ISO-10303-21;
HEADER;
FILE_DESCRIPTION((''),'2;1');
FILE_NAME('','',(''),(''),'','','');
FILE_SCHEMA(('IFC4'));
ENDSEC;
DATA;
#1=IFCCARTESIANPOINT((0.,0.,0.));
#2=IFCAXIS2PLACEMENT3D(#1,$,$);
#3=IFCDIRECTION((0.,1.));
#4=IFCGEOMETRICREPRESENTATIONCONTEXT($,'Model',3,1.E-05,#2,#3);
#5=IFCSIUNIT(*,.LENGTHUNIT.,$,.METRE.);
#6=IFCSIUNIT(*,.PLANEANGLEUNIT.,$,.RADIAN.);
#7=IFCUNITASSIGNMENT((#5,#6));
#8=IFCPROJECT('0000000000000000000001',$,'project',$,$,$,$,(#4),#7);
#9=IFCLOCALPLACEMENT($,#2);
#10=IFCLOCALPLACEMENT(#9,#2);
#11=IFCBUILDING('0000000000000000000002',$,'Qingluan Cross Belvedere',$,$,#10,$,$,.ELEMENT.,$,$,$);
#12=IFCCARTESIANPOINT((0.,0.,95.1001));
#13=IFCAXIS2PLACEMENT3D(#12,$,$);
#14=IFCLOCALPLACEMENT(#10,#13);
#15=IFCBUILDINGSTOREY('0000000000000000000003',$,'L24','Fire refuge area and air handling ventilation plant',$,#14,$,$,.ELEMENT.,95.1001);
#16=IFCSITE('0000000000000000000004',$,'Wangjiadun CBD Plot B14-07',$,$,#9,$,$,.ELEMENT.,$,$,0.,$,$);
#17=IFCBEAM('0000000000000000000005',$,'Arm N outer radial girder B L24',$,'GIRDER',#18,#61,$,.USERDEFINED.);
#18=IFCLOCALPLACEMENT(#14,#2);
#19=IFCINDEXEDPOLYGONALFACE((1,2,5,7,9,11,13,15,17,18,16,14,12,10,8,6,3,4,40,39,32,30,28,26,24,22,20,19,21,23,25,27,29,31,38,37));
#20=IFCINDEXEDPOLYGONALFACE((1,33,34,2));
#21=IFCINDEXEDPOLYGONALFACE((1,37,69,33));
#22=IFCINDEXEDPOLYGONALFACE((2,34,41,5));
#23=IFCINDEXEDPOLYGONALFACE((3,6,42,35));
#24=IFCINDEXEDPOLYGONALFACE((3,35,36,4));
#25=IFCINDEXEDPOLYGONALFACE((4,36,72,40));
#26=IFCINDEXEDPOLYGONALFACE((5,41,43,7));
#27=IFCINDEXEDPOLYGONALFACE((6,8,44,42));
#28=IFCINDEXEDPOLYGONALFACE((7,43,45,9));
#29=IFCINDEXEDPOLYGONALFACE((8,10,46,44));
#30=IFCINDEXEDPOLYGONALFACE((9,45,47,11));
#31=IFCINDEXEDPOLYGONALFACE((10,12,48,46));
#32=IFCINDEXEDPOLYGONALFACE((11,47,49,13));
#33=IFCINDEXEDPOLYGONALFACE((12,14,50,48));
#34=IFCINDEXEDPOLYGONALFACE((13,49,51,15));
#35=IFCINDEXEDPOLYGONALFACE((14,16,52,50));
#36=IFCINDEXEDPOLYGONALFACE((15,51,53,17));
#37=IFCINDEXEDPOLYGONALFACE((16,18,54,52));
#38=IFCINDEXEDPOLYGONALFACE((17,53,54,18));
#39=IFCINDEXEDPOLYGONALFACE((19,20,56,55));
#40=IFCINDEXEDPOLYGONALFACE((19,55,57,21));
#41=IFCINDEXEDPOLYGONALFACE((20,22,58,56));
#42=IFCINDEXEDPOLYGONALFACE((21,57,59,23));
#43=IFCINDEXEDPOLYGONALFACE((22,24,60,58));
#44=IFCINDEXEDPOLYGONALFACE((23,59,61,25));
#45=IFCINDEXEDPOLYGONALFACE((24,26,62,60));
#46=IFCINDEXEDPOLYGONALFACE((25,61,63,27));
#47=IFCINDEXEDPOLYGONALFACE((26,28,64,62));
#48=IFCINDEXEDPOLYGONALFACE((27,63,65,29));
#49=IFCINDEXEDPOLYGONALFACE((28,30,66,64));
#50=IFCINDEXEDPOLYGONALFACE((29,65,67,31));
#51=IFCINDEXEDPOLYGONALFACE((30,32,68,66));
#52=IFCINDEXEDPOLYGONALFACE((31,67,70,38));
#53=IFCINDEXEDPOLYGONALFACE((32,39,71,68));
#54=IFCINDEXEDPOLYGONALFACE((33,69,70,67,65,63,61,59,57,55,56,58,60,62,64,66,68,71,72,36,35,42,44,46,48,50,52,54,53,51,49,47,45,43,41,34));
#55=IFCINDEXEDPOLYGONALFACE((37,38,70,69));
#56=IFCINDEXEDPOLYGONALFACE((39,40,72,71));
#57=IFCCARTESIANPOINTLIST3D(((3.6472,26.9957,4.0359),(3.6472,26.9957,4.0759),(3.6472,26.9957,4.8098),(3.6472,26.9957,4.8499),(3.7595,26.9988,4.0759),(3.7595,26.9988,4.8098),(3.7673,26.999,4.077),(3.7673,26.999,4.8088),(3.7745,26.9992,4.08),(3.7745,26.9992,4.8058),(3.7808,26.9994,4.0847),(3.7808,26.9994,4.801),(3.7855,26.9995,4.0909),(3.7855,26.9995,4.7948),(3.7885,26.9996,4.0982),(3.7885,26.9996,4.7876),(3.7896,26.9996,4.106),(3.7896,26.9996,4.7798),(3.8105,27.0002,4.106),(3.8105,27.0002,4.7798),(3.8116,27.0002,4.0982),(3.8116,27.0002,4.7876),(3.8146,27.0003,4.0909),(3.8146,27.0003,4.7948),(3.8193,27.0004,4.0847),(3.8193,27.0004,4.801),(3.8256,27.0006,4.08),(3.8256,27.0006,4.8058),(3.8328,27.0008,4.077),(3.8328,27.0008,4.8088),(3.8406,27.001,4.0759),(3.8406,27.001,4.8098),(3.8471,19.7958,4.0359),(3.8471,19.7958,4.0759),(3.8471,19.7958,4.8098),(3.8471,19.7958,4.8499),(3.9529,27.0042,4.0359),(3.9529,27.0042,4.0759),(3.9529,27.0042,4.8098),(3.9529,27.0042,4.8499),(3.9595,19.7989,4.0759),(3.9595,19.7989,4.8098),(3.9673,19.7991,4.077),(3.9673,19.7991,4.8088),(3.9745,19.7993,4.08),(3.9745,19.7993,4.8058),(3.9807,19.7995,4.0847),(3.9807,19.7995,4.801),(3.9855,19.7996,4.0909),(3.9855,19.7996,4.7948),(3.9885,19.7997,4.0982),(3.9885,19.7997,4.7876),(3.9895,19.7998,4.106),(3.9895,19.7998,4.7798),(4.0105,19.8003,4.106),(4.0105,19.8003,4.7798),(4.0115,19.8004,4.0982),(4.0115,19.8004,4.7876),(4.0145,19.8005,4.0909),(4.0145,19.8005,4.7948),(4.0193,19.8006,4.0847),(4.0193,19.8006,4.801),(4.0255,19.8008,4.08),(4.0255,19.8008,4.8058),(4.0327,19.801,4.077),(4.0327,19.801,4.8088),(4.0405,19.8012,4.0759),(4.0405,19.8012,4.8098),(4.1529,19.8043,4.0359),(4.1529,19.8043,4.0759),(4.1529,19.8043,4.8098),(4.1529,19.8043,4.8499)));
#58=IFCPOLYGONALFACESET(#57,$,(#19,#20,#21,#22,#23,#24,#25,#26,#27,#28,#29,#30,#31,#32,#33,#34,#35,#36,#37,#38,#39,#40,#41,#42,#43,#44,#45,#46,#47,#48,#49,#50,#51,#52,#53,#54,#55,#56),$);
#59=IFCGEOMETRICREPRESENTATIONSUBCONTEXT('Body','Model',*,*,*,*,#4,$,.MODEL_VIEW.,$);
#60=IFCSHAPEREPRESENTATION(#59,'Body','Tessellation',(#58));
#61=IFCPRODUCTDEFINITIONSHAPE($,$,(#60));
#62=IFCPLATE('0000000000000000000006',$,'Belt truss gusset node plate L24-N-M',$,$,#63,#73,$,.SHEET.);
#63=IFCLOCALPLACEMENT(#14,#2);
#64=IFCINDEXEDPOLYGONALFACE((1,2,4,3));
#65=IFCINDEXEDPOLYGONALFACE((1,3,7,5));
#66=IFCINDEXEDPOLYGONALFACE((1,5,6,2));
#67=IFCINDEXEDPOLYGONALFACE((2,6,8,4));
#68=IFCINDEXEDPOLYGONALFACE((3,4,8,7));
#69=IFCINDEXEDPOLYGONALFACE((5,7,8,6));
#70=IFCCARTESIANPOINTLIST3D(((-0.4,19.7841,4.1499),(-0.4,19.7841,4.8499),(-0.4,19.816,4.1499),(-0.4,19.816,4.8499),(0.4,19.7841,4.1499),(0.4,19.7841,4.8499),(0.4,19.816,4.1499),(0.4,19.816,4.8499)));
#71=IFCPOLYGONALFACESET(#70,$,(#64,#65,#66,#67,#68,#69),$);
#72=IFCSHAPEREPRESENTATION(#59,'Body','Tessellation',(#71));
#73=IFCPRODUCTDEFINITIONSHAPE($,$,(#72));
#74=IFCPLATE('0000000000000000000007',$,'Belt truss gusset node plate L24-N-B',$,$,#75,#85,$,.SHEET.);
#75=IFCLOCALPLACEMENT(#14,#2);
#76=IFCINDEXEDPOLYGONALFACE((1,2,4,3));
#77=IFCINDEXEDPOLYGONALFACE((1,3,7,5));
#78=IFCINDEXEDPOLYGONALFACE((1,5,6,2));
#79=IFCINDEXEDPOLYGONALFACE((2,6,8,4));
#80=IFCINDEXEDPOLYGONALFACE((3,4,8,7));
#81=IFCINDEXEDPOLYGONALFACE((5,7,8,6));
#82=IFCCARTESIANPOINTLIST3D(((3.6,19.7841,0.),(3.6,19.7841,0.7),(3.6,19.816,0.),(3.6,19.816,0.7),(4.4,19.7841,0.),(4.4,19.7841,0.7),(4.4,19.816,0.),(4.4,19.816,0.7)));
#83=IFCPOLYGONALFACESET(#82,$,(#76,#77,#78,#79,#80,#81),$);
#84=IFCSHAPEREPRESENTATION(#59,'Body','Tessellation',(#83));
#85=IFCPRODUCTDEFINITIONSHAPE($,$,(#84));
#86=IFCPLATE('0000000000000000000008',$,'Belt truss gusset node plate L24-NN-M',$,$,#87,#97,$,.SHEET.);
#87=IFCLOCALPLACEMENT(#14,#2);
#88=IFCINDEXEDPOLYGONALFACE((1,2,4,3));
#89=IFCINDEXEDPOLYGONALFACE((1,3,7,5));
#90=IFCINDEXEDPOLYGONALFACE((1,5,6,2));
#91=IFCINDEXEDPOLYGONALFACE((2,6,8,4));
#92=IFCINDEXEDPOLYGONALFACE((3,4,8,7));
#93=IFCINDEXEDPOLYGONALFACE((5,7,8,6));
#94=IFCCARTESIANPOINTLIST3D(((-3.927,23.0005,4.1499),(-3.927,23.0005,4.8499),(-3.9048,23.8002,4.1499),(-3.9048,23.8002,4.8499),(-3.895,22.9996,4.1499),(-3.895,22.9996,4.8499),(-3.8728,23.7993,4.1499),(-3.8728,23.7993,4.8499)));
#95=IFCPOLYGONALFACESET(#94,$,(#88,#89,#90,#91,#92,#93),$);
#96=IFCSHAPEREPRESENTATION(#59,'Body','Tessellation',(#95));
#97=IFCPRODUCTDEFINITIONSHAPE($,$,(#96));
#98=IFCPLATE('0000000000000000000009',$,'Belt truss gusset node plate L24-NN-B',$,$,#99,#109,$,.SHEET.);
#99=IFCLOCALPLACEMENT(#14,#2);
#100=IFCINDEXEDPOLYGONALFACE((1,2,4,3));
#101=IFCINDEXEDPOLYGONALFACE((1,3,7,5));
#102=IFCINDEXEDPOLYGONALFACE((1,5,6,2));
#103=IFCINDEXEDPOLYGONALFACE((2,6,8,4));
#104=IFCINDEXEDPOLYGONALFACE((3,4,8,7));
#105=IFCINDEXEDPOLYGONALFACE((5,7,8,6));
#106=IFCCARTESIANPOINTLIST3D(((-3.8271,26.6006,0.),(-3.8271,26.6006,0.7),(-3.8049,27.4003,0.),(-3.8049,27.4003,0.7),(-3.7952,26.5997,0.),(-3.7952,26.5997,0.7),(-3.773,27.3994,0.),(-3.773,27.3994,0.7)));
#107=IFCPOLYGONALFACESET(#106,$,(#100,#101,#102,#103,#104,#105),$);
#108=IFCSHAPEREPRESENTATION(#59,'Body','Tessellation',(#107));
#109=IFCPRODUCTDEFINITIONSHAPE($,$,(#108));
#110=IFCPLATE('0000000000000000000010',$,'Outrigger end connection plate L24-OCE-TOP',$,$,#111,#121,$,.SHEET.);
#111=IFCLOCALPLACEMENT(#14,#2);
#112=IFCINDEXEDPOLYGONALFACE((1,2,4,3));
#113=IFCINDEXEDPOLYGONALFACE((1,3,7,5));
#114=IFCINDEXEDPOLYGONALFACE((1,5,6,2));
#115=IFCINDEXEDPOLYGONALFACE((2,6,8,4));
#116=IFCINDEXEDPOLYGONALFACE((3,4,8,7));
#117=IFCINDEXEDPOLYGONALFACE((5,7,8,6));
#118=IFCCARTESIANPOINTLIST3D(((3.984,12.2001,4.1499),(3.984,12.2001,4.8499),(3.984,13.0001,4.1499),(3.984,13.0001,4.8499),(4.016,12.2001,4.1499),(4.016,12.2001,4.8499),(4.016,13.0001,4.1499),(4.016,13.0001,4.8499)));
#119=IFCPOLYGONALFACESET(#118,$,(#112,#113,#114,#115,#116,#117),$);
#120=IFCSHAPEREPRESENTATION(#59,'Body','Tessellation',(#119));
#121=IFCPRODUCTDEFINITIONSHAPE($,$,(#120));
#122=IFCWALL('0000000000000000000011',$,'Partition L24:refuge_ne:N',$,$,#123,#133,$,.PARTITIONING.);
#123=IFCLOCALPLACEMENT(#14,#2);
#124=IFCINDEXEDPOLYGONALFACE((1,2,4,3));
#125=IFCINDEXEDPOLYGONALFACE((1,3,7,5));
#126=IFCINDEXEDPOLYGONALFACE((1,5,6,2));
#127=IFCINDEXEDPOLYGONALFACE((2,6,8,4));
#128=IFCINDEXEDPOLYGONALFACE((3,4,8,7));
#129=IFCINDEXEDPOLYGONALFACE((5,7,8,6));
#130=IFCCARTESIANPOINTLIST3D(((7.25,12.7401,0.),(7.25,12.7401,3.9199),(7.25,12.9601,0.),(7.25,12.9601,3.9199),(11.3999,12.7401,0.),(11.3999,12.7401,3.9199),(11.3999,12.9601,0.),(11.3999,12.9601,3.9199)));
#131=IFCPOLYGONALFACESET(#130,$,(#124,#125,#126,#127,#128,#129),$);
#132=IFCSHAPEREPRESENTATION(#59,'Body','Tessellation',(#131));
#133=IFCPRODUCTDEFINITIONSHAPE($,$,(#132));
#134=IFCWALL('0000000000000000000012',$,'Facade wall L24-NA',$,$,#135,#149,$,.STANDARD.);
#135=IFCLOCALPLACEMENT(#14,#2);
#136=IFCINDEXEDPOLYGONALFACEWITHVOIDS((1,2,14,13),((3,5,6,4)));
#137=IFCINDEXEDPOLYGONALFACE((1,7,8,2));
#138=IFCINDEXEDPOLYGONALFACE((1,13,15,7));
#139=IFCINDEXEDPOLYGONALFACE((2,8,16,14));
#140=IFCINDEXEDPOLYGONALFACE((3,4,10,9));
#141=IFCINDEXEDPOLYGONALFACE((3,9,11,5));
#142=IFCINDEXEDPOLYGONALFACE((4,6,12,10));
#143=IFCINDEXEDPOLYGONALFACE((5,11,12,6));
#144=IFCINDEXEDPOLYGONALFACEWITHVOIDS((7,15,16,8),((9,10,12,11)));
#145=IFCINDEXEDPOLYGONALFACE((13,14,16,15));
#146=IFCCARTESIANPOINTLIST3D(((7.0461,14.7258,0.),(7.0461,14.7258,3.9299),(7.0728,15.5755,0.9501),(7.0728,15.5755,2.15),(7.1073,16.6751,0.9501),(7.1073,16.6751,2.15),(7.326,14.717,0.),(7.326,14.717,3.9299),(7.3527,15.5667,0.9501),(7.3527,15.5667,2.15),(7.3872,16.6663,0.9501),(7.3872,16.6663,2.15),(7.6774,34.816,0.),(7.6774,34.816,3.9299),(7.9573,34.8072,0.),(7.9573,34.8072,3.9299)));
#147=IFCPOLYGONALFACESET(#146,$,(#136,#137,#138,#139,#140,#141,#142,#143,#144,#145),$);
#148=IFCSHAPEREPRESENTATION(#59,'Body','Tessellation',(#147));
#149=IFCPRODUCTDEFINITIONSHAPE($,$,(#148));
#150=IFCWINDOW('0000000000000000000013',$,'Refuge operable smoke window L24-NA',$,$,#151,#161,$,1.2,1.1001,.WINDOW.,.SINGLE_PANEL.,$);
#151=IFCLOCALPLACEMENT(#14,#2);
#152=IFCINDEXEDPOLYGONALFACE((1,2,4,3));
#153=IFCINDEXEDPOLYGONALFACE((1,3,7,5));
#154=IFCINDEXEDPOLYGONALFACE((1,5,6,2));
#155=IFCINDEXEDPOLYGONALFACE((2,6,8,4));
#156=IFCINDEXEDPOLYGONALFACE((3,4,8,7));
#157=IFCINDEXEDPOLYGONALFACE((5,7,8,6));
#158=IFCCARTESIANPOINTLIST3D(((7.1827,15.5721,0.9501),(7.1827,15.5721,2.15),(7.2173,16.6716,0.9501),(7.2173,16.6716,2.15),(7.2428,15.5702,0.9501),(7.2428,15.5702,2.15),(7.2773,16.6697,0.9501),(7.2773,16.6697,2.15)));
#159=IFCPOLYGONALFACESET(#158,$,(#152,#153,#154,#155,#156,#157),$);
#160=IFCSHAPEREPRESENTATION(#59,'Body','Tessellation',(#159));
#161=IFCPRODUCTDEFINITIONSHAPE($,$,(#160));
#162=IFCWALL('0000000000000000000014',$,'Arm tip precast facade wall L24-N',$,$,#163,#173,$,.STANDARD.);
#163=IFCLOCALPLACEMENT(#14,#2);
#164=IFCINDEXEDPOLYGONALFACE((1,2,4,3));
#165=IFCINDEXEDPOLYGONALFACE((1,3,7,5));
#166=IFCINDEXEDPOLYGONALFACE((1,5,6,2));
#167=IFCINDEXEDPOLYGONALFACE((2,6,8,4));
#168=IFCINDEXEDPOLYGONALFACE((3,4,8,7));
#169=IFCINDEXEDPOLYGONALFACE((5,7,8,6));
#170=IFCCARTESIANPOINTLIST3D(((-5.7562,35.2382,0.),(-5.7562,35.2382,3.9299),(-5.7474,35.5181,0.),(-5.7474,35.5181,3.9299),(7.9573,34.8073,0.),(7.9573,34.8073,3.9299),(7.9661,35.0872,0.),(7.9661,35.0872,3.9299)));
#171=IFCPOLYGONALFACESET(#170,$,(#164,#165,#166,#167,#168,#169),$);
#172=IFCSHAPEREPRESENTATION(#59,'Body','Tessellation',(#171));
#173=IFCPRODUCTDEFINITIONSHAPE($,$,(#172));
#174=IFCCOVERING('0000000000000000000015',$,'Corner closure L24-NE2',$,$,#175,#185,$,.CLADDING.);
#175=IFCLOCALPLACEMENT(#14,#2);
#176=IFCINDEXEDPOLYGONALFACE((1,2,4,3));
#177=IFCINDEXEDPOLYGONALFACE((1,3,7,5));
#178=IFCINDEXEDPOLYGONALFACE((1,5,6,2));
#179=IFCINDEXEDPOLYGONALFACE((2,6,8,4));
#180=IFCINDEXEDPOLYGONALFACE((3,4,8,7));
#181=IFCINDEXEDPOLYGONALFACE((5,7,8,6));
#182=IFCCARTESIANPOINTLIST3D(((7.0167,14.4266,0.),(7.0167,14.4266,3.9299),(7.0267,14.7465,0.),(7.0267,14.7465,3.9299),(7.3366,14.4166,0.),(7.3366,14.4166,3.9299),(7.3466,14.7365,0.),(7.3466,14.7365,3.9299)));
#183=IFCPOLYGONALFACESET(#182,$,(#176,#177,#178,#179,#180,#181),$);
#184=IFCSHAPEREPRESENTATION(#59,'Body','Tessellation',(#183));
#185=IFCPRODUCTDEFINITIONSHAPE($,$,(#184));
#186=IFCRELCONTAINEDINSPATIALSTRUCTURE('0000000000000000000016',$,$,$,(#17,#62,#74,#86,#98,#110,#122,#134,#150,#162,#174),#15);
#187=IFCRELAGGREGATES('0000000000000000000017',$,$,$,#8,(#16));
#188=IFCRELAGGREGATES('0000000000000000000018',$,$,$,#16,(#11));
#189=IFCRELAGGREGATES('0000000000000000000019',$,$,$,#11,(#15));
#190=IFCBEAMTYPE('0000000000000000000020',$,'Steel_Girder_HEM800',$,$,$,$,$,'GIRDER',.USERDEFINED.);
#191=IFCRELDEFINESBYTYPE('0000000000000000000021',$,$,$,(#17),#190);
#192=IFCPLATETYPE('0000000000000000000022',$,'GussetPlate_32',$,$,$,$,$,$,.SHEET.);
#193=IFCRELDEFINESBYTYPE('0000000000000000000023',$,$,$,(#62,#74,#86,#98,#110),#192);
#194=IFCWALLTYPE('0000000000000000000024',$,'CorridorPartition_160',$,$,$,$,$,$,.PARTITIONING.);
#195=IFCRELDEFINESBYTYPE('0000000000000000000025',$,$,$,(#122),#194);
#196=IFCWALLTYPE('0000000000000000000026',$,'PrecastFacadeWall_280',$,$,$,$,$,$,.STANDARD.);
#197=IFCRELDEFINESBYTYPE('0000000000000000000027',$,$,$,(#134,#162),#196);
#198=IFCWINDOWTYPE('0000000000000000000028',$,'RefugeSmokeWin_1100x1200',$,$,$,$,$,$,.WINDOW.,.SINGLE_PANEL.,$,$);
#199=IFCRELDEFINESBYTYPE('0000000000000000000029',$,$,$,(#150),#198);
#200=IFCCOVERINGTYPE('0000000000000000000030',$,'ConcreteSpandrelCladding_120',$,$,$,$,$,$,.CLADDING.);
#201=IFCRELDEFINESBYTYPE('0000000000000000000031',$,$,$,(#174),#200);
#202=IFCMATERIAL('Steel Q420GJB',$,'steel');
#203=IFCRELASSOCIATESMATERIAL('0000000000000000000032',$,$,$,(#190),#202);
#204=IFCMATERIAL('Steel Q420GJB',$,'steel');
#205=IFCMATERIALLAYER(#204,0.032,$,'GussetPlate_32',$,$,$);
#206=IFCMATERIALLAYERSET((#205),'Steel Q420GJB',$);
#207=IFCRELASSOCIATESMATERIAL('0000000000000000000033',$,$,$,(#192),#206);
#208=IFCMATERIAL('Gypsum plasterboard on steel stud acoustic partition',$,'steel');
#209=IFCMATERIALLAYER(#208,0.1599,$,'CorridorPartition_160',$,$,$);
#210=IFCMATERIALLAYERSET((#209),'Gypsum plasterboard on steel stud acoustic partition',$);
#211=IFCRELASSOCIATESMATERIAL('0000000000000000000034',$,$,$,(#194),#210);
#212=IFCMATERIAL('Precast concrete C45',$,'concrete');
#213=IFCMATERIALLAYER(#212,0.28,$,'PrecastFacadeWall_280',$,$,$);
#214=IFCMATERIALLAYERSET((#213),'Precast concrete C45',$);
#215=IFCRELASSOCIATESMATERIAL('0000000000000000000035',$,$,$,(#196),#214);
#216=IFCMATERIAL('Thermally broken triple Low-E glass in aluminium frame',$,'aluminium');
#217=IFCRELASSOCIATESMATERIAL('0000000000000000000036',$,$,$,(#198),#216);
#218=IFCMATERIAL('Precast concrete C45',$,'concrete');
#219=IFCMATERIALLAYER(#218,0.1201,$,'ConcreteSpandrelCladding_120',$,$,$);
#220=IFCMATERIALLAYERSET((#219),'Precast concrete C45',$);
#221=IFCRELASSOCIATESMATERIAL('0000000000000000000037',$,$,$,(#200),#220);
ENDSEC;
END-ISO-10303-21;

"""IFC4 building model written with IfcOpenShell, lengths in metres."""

from ifc_helpers import new_model, si_unit, direction, frame, frame_2d, origin, origin_2d, place, context, subcontext, project, spatial, rectangle, i_section, extrude, material, layer, layer_set, material_profile, profile_set, type_object, element, fill, save


model = new_model("IFC4")

# Units and contexts
model_context = context("Model", 3, precision=1e-05, world=origin(), true_north=direction((0.0, 1.0)))
body_context = subcontext(model_context, "Body", "Model", "MODEL_VIEW")
ifc_project = project(units=[si_unit("LENGTHUNIT", "METRE"), si_unit("PLANEANGLEUNIT", "RADIAN")], contexts=[model_context])

# Site, building, storey
site_placement = place(None, origin())
site = spatial("IfcSite", under=ifc_project, at=site_placement, Name="Wangjiadun CBD Plot B14-07", CompositionType="ELEMENT", RefElevation=0.0)
building_placement = place(site_placement, origin())
building = spatial("IfcBuilding", under=site, at=building_placement, Name="Qingluan Cross Belvedere", CompositionType="ELEMENT")
storey_placement = place(building_placement, frame((0.0, 0.0, 95.1001)))
storey = spatial("IfcBuildingStorey", under=building, at=storey_placement, Name="L24", Description="Fire refuge area and air handling ventilation plant", CompositionType="ELEMENT", Elevation=95.1001)

# Beam
ifc_material_1 = material(Name="Steel Q420GJB", Category="steel")
ifc_material_profile_1 = material_profile(ifc_material_1, i_section(OverallWidth=0.3059, OverallDepth=0.814, WebThickness=0.021, FlangeThickness=0.04, FilletRadius=0.03, at=origin_2d()), Name="HEM800")
ifc_profile_set_1 = profile_set([ifc_material_profile_1], Name="Steel Q420GJB")
beam_type_1 = type_object("IfcBeamType", Name="Steel_Girder_HEM800", ElementType="GIRDER", PredefinedType="USERDEFINED", material=ifc_profile_set_1)
beam_1_placement = place(storey_placement, frame((4.0, 19.8, 4.4429), z_axis=(-0.02776, 0.999615, 0.0), x_axis=(-0.999615, -0.02776, 0.0)))
element("IfcBeam", 1, at=beam_1_placement, inside=storey, type_object=beam_type_1, Name="Arm N outer radial girder B L24", ObjectType="GIRDER", PredefinedType="USERDEFINED", context=body_context, shape_type="SweptSolid", body=[
    extrude(i_section(OverallWidth=0.3059, OverallDepth=0.814, WebThickness=0.021, FlangeThickness=0.04, FilletRadius=0.03, at=origin_2d()), origin(), (0.0, 0.0, 1.0), 7.2026),
])

# Plates
ifc_material_2 = material(Name="Steel Q420GJB", Category="steel")
ifc_layer_1 = layer(ifc_material_2, 0.032, Name="GussetPlate_32")
ifc_layer_set_1 = layer_set([ifc_layer_1], Name="Steel Q420GJB")
plate_type = type_object("IfcPlateType", Name="GussetPlate_32", PredefinedType="SHEET", material=ifc_layer_set_1)
for number, where, z_axis, x_axis, name in (
    (2, (0.0, 19.8, 4.1499), (0.0, 0.0, 1.0), (1.0, 0.0, 0.0), "Belt truss gusset node plate L24-N-M"),
    (3, (4.0, 19.8, 0.0), (0.0, 0.0, 1.0), (1.0, 0.0, 0.0), "Belt truss gusset node plate L24-N-B"),
    (4, (-3.8999, 23.3999, 4.1499), (0.0, 0.0, 1.0), (0.027767, 0.999614, 0.0), "Belt truss gusset node plate L24-NN-M"),
    (5, (-3.8, 27.0, 0.0), (0.0, 0.0, 1.0), (0.027767, 0.999614, 0.0), "Belt truss gusset node plate L24-NN-B"),
    (6, (4.0, 12.6001, 4.1499), (0.0, 0.0, 1.0), (0.0, 1.0, 0.0), "Outrigger end connection plate L24-OCE-TOP"),
):
    element("IfcPlate", number, at=place(storey_placement, frame(where, z_axis=z_axis, x_axis=x_axis)), inside=storey, type_object=plate_type, Name=name, PredefinedType="SHEET", context=body_context, shape_type="SweptSolid", body=[
        extrude(rectangle(XDim=0.8, YDim=0.032, at=origin_2d()), origin(), (0.0, 0.0, 1.0), 0.7),
    ])

# Wall
ifc_material_3 = material(Name="Gypsum plasterboard on steel stud acoustic partition", Category="steel")
ifc_layer_2 = layer(ifc_material_3, 0.1599, Name="CorridorPartition_160")
ifc_layer_set_2 = layer_set([ifc_layer_2], Name="Gypsum plasterboard on steel stud acoustic partition")
wall_type_1 = type_object("IfcWallType", Name="CorridorPartition_160", PredefinedType="PARTITIONING", material=ifc_layer_set_2)
wall_1_placement = place(storey_placement, frame((7.25, 12.8501, 0.0), z_axis=(0.0, 0.0, 1.0), x_axis=(1.0, 0.0, 0.0)))
element("IfcWall", 7, at=wall_1_placement, inside=storey, type_object=wall_type_1, Name="Partition L24:refuge_ne:N", PredefinedType="PARTITIONING", context=body_context, shape_type="SweptSolid", body=[
    extrude(rectangle(XDim=4.1499, YDim=0.22, at=frame_2d((2.075, 0.0))), origin(), (0.0, 0.0, 1.0), 3.9199),
])

# Wall, opening, window
ifc_material_4 = material(Name="Precast concrete C45", Category="concrete")
ifc_layer_3 = layer(ifc_material_4, 0.28, Name="PrecastFacadeWall_280")
ifc_layer_set_3 = layer_set([ifc_layer_3], Name="Precast concrete C45")
wall_type_2 = type_object("IfcWallType", Name="PrecastFacadeWall_280", PredefinedType="STANDARD", material=ifc_layer_set_3)
wall_2_placement = place(storey_placement, frame((7.186, 14.7214, 0.0), z_axis=(0.0, 0.0, 1.0), x_axis=(0.03141, 0.999507, 0.0)))
wall_2 = element("IfcWall", 8, at=wall_2_placement, inside=storey, type_object=wall_type_2, Name="Facade wall L24-NA", PredefinedType="STANDARD", context=body_context, shape_type="SweptSolid", body=[
    extrude(rectangle(XDim=20.1001, YDim=0.28, at=frame_2d((10.05, 0.0))), origin(), (0.0, 0.0, 1.0), 3.9299),
])
opening_placement = place(wall_2_placement, frame((0.8501, 0.0, 0.95)))
opening = element("IfcOpeningElement", 9, at=opening_placement, cuts=wall_2, PredefinedType="OPENING", context=body_context, shape_type="SweptSolid", body=[
    extrude(rectangle(XDim=1.1001, YDim=1.2, at=frame_2d((0.55, 0.6001))), frame((0.0, 0.1499, 0.0), z_axis=(0.0, -1.0, 0.0), x_axis=(1.0, 0.0, 0.0)), (0.0, 0.0, 1.0), 0.3),
])
ifc_material_5 = material(Name="Thermally broken triple Low-E glass in aluminium frame", Category="aluminium")
window_type = type_object("IfcWindowType", Name="RefugeSmokeWin_1100x1200", PartitioningType="SINGLE_PANEL", PredefinedType="WINDOW", material=ifc_material_5)
window_placement = place(opening_placement, origin())
window = element("IfcWindow", 10, at=window_placement, inside=storey, type_object=window_type, Name="Refuge operable smoke window L24-NA", OverallHeight=1.2, OverallWidth=1.1001, PartitioningType="SINGLE_PANEL", PredefinedType="WINDOW", context=body_context, shape_type="SweptSolid", body=[
    extrude(rectangle(XDim=1.1001, YDim=1.2, at=frame_2d((0.55, 0.6001))), frame((0.0, 0.03, 0.0), z_axis=(0.0, -1.0, 0.0), x_axis=(1.0, 0.0, 0.0)), (0.0, 0.0, 1.0), 0.0601),
])
fill(opening, window)

# Wall
wall_3_placement = place(storey_placement, frame((7.9617, 34.9473, 0.0), z_axis=(0.0, 0.0, 1.0), x_axis=(-0.999507, 0.031407, 0.0)))
element("IfcWall", 11, at=wall_3_placement, inside=storey, type_object=wall_type_2, Name="Arm tip precast facade wall L24-N", PredefinedType="STANDARD", context=body_context, shape_type="SweptSolid", body=[
    extrude(rectangle(XDim=13.7202, YDim=0.28, at=frame_2d((6.8601, 0.0))), origin(), (0.0, 0.0, 1.0), 3.9299),
])

# Covering
ifc_material_6 = material(Name="Precast concrete C45", Category="concrete")
ifc_layer_4 = layer(ifc_material_6, 0.1201, Name="ConcreteSpandrelCladding_120")
ifc_layer_set_4 = layer_set([ifc_layer_4], Name="Precast concrete C45")
covering_type = type_object("IfcCoveringType", Name="ConcreteSpandrelCladding_120", PredefinedType="CLADDING", material=ifc_layer_set_4)
covering_placement = place(storey_placement, frame((7.1816, 14.5815, 0.0), z_axis=(0.0, 0.0, 1.0), x_axis=(0.999507, -0.031411, 0.0)))
element("IfcCovering", 12, at=covering_placement, inside=storey, type_object=covering_type, Name="Corner closure L24-NE2", PredefinedType="CLADDING", context=body_context, shape_type="SweptSolid", body=[
    extrude(rectangle(XDim=0.3201, YDim=0.3201, at=origin_2d()), origin(), (0.0, 0.0, 1.0), 3.9299),
])

save(model, "model.ifc")
